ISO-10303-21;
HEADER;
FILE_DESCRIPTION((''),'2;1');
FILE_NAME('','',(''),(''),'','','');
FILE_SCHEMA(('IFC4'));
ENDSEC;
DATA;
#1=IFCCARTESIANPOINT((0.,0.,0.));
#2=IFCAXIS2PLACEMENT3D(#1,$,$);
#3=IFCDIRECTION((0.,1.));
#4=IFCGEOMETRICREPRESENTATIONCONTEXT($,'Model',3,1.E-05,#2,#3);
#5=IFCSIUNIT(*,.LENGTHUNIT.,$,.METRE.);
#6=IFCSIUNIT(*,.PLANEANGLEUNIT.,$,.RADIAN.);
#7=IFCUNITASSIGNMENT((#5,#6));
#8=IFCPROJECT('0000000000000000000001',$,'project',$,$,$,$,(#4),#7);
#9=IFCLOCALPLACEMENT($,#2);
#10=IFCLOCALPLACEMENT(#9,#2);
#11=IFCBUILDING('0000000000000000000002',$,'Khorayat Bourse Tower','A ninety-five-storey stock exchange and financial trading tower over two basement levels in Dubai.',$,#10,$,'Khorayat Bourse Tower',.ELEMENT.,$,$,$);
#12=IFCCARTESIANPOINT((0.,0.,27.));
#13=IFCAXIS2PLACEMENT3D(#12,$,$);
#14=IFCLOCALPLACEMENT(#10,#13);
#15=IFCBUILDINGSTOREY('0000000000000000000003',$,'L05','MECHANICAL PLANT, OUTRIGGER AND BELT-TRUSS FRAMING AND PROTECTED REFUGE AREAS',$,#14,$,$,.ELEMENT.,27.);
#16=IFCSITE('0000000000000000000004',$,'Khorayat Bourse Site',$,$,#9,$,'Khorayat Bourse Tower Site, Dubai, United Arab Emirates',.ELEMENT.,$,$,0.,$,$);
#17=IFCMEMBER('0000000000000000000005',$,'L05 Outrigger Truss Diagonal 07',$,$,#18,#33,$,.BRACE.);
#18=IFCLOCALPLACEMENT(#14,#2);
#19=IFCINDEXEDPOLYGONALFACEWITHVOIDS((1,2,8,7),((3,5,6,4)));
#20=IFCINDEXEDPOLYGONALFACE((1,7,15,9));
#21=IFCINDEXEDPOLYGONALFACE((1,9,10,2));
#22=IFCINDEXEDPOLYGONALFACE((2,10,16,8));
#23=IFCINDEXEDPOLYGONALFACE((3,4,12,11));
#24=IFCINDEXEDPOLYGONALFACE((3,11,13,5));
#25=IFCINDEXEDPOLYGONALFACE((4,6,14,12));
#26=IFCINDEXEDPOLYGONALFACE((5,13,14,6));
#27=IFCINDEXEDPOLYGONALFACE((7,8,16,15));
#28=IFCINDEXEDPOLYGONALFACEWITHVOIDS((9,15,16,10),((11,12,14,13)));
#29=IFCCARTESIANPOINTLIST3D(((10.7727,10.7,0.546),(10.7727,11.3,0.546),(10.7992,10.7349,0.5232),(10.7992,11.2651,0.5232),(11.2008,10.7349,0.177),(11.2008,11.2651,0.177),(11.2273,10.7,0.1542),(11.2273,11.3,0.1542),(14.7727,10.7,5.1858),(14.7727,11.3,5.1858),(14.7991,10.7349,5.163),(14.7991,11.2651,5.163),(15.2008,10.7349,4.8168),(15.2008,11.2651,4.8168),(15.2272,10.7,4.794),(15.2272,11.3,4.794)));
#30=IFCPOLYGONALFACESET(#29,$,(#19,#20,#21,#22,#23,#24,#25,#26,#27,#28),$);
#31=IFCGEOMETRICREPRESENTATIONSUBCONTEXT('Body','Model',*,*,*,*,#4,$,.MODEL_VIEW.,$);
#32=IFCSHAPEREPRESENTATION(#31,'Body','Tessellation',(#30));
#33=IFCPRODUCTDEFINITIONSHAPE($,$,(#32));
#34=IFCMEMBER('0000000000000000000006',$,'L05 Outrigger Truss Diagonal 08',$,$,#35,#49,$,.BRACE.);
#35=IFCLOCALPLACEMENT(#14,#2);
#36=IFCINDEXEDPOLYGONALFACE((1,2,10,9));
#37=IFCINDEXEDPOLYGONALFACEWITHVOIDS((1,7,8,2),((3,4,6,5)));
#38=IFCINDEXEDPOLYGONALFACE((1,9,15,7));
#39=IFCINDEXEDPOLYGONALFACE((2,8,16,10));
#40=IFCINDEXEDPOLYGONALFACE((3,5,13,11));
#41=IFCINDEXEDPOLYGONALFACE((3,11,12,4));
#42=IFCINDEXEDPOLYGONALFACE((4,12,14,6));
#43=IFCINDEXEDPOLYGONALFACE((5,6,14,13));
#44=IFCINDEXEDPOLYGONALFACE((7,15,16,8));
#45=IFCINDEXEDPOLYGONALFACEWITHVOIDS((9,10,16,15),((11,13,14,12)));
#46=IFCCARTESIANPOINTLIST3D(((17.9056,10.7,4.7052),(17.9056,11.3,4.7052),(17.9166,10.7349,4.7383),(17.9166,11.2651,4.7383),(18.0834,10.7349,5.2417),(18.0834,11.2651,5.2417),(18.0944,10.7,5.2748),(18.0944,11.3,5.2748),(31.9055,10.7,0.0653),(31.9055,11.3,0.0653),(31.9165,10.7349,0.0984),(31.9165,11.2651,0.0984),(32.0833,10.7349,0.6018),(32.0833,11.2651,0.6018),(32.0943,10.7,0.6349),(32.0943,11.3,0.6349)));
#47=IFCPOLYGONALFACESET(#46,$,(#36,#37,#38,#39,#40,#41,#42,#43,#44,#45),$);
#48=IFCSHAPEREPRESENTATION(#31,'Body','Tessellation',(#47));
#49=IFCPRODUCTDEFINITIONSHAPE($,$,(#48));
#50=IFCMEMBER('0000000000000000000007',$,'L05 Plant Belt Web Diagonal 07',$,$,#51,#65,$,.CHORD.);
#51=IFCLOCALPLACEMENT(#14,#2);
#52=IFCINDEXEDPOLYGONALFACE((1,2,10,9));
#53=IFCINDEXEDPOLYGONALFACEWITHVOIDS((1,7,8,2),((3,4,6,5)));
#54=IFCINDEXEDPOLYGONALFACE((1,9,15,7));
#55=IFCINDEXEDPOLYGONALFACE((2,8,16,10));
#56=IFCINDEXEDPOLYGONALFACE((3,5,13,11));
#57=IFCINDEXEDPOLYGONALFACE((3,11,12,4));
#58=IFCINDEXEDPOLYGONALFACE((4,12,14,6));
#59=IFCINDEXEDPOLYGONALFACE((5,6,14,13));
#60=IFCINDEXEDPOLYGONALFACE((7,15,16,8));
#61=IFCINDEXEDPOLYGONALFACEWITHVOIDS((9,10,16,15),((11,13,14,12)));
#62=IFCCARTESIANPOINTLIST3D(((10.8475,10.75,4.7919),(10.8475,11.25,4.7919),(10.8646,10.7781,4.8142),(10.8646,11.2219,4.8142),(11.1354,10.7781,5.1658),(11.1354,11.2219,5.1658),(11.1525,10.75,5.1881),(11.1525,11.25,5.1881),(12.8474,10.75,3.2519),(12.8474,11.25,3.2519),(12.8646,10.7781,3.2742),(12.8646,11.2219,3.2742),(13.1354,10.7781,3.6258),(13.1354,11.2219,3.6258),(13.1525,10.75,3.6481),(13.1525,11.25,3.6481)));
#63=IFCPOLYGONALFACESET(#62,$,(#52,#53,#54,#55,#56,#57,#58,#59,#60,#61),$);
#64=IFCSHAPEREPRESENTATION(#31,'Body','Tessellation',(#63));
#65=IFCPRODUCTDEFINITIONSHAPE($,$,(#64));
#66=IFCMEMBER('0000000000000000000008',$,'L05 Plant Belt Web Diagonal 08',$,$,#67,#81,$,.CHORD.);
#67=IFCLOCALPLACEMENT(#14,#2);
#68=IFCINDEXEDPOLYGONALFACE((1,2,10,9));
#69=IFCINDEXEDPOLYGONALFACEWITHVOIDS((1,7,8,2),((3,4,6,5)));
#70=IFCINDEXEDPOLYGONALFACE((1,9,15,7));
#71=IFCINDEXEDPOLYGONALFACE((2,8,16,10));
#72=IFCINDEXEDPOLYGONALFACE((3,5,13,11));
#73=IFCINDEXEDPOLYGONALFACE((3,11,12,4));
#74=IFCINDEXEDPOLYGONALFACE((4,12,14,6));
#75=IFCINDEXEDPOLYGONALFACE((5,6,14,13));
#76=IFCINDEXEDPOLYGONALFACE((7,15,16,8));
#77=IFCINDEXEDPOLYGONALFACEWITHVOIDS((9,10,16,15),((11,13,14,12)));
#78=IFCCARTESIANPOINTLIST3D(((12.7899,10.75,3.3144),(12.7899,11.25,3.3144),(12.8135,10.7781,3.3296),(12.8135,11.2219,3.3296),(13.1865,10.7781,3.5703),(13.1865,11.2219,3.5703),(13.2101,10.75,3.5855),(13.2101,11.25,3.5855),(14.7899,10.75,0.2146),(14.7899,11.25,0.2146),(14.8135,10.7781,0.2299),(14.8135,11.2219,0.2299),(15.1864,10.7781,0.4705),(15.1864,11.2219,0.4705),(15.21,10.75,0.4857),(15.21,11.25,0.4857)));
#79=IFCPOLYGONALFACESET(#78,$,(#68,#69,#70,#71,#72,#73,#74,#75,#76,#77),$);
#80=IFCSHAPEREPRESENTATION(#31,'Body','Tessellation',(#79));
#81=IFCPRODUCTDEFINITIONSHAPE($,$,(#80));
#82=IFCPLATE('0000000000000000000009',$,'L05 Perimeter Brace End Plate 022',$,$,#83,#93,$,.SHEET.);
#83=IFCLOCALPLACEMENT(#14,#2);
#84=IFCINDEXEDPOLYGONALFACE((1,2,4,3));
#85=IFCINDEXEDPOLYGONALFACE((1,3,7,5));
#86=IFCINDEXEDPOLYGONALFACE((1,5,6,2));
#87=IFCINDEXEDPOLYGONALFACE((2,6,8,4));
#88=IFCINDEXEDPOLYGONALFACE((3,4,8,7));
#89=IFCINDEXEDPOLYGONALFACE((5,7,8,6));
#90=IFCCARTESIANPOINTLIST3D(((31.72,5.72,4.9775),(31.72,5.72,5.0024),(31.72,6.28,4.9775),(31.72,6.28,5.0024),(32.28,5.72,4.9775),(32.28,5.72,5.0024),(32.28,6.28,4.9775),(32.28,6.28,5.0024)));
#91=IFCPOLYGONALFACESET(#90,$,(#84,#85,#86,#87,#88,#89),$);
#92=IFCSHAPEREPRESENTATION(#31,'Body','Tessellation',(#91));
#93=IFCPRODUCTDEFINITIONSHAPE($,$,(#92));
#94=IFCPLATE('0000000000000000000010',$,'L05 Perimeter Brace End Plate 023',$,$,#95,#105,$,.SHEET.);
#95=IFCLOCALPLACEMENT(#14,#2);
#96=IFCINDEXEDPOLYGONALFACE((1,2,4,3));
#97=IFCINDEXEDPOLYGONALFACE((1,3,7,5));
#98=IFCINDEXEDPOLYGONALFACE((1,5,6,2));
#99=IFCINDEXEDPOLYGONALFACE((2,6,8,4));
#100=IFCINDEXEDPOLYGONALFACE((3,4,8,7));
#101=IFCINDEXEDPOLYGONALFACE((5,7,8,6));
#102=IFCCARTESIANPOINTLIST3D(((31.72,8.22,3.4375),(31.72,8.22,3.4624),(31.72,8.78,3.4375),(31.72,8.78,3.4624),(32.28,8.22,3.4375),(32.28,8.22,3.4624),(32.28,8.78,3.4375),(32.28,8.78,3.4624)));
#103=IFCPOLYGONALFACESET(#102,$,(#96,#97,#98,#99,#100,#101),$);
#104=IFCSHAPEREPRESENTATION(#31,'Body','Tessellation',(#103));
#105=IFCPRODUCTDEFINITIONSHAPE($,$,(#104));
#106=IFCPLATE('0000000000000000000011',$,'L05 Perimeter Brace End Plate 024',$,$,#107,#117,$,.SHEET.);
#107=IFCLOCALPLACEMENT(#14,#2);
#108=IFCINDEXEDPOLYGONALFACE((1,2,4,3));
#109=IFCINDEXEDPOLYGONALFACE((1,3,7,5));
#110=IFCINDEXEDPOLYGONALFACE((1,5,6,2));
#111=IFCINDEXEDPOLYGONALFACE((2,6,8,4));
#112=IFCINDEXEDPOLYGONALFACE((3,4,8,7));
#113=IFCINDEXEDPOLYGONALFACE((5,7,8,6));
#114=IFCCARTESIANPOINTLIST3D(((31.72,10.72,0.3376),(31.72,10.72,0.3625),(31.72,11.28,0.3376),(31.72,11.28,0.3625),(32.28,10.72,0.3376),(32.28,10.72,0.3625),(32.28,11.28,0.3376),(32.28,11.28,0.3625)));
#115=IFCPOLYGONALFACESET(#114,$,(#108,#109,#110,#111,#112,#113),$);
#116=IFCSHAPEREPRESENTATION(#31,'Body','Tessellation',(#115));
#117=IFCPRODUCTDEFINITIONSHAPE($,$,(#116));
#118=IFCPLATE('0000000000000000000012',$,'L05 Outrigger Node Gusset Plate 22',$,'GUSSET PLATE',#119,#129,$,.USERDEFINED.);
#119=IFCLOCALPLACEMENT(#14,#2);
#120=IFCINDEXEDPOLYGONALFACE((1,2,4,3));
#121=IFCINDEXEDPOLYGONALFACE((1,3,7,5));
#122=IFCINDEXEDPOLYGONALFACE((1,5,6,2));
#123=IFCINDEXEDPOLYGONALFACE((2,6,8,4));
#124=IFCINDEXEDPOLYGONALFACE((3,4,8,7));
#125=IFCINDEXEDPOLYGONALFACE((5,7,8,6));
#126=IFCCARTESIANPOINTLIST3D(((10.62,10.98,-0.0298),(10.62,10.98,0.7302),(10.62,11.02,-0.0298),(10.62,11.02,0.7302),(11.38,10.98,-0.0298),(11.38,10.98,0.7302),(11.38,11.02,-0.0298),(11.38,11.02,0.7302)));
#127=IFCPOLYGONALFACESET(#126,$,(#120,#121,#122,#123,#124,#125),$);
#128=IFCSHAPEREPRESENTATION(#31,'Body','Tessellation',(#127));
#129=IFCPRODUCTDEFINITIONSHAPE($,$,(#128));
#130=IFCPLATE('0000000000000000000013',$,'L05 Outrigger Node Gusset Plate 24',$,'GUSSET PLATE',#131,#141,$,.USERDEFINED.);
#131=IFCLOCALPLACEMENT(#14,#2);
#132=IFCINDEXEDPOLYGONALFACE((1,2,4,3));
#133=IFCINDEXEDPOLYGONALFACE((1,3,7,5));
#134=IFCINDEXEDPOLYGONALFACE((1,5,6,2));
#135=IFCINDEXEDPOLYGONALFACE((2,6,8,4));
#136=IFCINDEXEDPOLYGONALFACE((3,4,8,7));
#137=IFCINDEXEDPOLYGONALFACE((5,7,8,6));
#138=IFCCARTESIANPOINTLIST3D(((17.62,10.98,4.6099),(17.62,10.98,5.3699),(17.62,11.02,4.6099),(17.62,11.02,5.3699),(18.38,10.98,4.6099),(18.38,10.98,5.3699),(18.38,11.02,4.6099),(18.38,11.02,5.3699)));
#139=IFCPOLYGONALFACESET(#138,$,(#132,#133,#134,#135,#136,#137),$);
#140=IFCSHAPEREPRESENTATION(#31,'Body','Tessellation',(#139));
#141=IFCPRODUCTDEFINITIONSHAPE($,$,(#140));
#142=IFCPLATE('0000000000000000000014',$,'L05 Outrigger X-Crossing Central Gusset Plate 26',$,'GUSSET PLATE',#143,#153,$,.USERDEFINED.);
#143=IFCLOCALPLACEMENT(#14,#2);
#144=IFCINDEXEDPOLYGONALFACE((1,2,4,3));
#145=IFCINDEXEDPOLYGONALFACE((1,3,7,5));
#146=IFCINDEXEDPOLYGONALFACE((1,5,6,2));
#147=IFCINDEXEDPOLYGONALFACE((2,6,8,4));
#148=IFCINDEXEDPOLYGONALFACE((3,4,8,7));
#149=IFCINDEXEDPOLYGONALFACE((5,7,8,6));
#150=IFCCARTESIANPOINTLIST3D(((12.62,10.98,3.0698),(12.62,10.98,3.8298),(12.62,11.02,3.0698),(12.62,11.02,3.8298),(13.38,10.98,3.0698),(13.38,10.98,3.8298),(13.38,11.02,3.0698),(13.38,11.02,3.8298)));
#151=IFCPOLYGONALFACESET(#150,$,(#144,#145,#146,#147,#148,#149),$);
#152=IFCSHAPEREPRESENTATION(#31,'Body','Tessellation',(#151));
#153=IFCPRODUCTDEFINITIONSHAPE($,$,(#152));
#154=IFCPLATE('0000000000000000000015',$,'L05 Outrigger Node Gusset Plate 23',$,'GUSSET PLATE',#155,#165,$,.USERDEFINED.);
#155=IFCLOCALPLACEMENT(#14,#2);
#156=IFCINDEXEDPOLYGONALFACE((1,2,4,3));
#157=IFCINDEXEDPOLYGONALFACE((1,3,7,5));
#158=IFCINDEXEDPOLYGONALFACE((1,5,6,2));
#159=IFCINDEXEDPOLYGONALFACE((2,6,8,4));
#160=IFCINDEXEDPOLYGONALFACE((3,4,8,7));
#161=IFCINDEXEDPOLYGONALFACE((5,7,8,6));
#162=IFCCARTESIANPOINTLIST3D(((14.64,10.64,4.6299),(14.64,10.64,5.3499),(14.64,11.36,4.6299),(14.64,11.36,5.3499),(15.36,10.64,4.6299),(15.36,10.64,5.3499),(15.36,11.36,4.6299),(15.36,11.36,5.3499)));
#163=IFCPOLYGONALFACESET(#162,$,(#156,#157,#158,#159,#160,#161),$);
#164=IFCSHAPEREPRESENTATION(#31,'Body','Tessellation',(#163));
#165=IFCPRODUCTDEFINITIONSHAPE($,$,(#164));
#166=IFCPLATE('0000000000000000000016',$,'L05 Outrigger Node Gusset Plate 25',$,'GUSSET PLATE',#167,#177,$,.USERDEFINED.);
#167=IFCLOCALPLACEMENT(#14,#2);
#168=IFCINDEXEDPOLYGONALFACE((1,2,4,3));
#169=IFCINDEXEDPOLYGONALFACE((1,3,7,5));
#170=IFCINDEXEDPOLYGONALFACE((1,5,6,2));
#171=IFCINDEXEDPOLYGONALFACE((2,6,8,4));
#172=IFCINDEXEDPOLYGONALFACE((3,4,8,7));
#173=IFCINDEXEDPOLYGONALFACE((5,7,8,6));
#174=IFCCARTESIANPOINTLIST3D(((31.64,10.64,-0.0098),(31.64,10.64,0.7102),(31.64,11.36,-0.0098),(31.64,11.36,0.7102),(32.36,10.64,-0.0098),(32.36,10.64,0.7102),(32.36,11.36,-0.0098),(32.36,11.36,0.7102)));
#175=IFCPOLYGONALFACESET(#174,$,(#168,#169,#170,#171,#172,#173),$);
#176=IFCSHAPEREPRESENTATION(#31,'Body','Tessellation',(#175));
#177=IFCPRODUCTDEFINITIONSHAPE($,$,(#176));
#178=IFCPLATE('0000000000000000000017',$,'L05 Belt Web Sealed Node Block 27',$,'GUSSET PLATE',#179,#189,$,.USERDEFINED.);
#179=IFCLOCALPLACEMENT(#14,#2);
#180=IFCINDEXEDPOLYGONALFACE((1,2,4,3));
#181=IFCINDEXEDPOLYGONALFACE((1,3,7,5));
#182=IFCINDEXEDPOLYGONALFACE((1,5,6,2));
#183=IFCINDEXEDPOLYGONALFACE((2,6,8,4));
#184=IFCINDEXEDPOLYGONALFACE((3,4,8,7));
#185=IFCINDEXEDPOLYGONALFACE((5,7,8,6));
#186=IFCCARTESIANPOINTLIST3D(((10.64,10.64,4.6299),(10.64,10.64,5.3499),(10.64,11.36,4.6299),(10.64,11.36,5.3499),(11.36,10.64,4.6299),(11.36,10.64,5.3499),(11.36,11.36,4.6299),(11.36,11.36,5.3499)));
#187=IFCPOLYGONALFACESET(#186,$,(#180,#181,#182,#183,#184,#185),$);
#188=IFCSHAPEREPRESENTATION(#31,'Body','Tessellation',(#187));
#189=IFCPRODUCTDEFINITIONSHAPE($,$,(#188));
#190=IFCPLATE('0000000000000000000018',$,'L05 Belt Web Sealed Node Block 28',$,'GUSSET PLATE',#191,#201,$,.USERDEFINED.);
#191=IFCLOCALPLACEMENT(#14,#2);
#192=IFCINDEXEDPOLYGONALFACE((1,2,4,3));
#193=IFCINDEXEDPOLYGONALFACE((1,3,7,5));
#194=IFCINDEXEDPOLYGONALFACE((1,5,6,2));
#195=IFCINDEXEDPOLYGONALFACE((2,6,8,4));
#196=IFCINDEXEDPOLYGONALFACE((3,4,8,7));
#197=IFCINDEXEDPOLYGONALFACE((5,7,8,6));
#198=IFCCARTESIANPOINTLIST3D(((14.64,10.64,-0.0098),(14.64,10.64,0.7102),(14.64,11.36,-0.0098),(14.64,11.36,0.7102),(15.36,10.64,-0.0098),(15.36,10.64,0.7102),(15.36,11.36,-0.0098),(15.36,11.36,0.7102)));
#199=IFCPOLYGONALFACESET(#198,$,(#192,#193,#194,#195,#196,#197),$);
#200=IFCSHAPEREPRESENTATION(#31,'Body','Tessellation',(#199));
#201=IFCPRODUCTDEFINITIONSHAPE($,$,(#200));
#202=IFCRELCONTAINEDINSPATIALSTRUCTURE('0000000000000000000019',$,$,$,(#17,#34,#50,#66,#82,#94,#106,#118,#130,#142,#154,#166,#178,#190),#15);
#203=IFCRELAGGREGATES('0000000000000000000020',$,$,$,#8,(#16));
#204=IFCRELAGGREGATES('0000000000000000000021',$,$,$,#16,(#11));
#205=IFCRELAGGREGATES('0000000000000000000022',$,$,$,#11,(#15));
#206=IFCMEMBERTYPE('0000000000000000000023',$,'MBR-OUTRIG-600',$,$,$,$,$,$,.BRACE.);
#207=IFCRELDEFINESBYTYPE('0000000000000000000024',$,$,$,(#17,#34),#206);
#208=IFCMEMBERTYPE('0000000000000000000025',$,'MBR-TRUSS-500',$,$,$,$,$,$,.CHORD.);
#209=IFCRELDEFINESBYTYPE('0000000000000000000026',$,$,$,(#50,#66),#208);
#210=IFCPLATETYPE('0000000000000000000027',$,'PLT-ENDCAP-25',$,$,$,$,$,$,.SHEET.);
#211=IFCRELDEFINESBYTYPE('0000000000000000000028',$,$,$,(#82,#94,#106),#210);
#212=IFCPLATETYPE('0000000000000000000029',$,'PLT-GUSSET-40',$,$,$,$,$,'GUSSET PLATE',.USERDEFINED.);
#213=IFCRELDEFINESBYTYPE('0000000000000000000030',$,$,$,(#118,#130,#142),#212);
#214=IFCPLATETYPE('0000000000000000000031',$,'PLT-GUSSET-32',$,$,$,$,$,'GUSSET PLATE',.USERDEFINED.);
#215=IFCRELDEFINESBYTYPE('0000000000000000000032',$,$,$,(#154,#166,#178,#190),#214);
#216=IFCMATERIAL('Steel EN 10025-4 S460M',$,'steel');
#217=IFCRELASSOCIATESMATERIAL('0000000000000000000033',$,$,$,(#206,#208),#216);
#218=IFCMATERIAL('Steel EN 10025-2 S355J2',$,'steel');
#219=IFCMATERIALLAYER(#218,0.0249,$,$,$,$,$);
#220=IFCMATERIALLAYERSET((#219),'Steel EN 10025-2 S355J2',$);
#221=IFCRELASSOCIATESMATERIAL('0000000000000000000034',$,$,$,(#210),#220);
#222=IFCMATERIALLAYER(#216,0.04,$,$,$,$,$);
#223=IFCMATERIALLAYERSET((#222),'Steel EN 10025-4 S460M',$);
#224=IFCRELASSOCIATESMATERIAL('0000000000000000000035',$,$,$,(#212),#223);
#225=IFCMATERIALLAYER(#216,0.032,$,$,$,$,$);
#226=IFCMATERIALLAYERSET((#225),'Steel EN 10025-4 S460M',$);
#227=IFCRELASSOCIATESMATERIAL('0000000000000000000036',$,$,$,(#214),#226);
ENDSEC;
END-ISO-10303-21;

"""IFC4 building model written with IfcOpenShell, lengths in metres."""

from ifc_helpers import new_model, si_unit, direction, frame, origin, origin_2d, place, context, subcontext, project, spatial, rectangle, hollow_rectangle, extrude, source, transform, mapped, material, layer, layer_set, material_profile, profile_set, type_object, element, save


model = new_model("IFC4")

# Units and contexts
model_context = context("Model", 3, precision=1e-05, world=origin(), true_north=direction((0.0, 1.0)))
body_context = subcontext(model_context, "Body", "Model", "MODEL_VIEW")
ifc_project = project(units=[si_unit("LENGTHUNIT", "METRE"), si_unit("PLANEANGLEUNIT", "RADIAN")], contexts=[model_context])

# Site, building, storey
site_placement = place(None, origin())
site = spatial("IfcSite", under=ifc_project, at=site_placement, Name="Khorayat Bourse Site", LongName="Khorayat Bourse Tower Site, Dubai, United Arab Emirates", CompositionType="ELEMENT", RefElevation=0.0)
building_placement = place(site_placement, origin())
building = spatial("IfcBuilding", under=site, at=building_placement, Name="Khorayat Bourse Tower", Description="A ninety-five-storey stock exchange and financial trading tower over two basement levels in Dubai.", LongName="Khorayat Bourse Tower", CompositionType="ELEMENT")
storey_placement = place(building_placement, frame((0.0, 0.0, 27.0)))
storey = spatial("IfcBuildingStorey", under=building, at=storey_placement, Name="L05", Description="MECHANICAL PLANT, OUTRIGGER AND BELT-TRUSS FRAMING AND PROTECTED REFUGE AREAS", CompositionType="ELEMENT", Elevation=27.0)

# Shared definitions
ifc_material_1 = material(Name="Steel EN 10025-4 S460M", Category="steel")

# Members
ifc_material_profile_1 = material_profile(ifc_material_1, hollow_rectangle(XDim=0.6001, YDim=0.6001, WallThickness=0.0349, at=origin_2d()), Name="BOX 600x600x35")
ifc_profile_set_1 = profile_set([ifc_material_profile_1], Name="Steel EN 10025-4 S460M")
member_type_1 = type_object("IfcMemberType", Name="MBR-OUTRIG-600", PredefinedType="BRACE", material=ifc_profile_set_1)
shared_shape_1 = source(origin(), body_context, "Body", "SweptSolid", [
    extrude(hollow_rectangle(XDim=0.6001, YDim=0.6001, WallThickness=0.0349, at=origin_2d()), origin(), (0.0, 0.0, 1.0), 6.126),
])
member_1_placement = place(storey_placement, frame((11.0, 11.0, 0.3501), z_axis=(0.652948, 0.0, 0.757402), x_axis=(0.0, 1.0, 0.0)))
element("IfcMember", 1, at=member_1_placement, inside=storey, type_object=member_type_1, Name="L05 Outrigger Truss Diagonal 07", PredefinedType="BRACE", context=body_context, shape_type="MappedRepresentation", body=[
    mapped(shared_shape_1, transform((0.0, 0.0, 0.0), scale=1.0)),
])
shared_shape_2 = source(origin(), body_context, "Body", "SweptSolid", [
    extrude(hollow_rectangle(XDim=0.6001, YDim=0.6001, WallThickness=0.0349, at=origin_2d()), origin(), (0.0, 0.0, 1.0), 14.7488),
])
member_2_placement = place(storey_placement, frame((18.0, 11.0, 4.99), z_axis=(0.949226, 0.0, -0.314593), x_axis=(0.0, 1.0, 0.0)))
element("IfcMember", 2, at=member_2_placement, inside=storey, type_object=member_type_1, Name="L05 Outrigger Truss Diagonal 08", PredefinedType="BRACE", context=body_context, shape_type="MappedRepresentation", body=[
    mapped(shared_shape_2, transform((0.0, 0.0, 0.0), scale=1.0)),
])
ifc_material_profile_2 = material_profile(ifc_material_1, hollow_rectangle(XDim=0.5, YDim=0.5, WallThickness=0.0281, at=origin_2d()), Name="HSS 500x500x28")
ifc_profile_set_2 = profile_set([ifc_material_profile_2], Name="Steel EN 10025-4 S460M")
member_type_2 = type_object("IfcMemberType", Name="MBR-TRUSS-500", PredefinedType="CHORD", material=ifc_profile_set_2)
shared_shape_3 = source(origin(), body_context, "Body", "SweptSolid", [
    extrude(hollow_rectangle(XDim=0.5, YDim=0.5, WallThickness=0.0281, at=origin_2d()), origin(), (0.0, 0.0, 1.0), 2.5242),
])
member_3_placement = place(storey_placement, frame((11.0, 11.0, 4.99), z_axis=(0.792322, 0.0, -0.610103), x_axis=(0.0, 1.0, 0.0)))
element("IfcMember", 3, at=member_3_placement, inside=storey, type_object=member_type_2, Name="L05 Plant Belt Web Diagonal 07", PredefinedType="CHORD", context=body_context, shape_type="MappedRepresentation", body=[
    mapped(shared_shape_3, transform((0.0, 0.0, 0.0), scale=1.0)),
])
shared_shape_4 = source(origin(), body_context, "Body", "SweptSolid", [
    extrude(hollow_rectangle(XDim=0.5, YDim=0.5, WallThickness=0.0281, at=origin_2d()), origin(), (0.0, 0.0, 1.0), 3.689),
])
member_4_placement = place(storey_placement, frame((13.0, 11.0, 3.45), z_axis=(0.542145, 0.0, -0.840285), x_axis=(0.0, 1.0, 0.0)))
element("IfcMember", 4, at=member_4_placement, inside=storey, type_object=member_type_2, Name="L05 Plant Belt Web Diagonal 08", PredefinedType="CHORD", context=body_context, shape_type="MappedRepresentation", body=[
    mapped(shared_shape_4, transform((0.0, 0.0, 0.0), scale=1.0)),
])

# Plates
ifc_material_2 = material(Name="Steel EN 10025-2 S355J2", Category="steel")
ifc_layer_1 = layer(ifc_material_2, 0.0249)
ifc_layer_set_1 = layer_set([ifc_layer_1], Name="Steel EN 10025-2 S355J2")
plate_type_1 = type_object("IfcPlateType", Name="PLT-ENDCAP-25", PredefinedType="SHEET", material=ifc_layer_set_1)
shared_shape_5 = source(origin(), body_context, "Body", "SweptSolid", [
    extrude(rectangle(XDim=0.5601, YDim=0.5601, at=origin_2d()), origin(), (0.0, 0.0, 1.0), 0.0249),
])
for number, where, z_axis, x_axis, name in (
    (5, (32.0, 6.0, 4.9775), (0.0, 0.0, 1.0), (1.0, 0.0, 0.0), "L05 Perimeter Brace End Plate 022"),
    (6, (32.0, 8.5, 3.4375), (0.0, 0.0, 1.0), (1.0, 0.0, 0.0), "L05 Perimeter Brace End Plate 023"),
    (7, (32.0, 11.0, 0.3376), (0.0, 0.0, 1.0), (1.0, 0.0, 0.0), "L05 Perimeter Brace End Plate 024"),
):
    element("IfcPlate", number, at=place(storey_placement, frame(where, z_axis=z_axis, x_axis=x_axis)), inside=storey, type_object=plate_type_1, Name=name, PredefinedType="SHEET", context=body_context, shape_type="MappedRepresentation", body=[
        mapped(shared_shape_5, transform((0.0, 0.0, 0.0), scale=1.0)),
    ])
ifc_layer_2 = layer(ifc_material_1, 0.04)
ifc_layer_set_2 = layer_set([ifc_layer_2], Name="Steel EN 10025-4 S460M")
plate_type_2 = type_object("IfcPlateType", Name="PLT-GUSSET-40", ElementType="GUSSET PLATE", PredefinedType="USERDEFINED", material=ifc_layer_set_2)
shared_shape_6 = source(origin(), body_context, "Body", "SweptSolid", [
    extrude(rectangle(XDim=0.76, YDim=0.04, at=origin_2d()), origin(), (0.0, 0.0, 1.0), 0.76),
])
for number, where, z_axis, x_axis, name in (
    (8, (11.0, 11.0, -0.0298), (0.0, 0.0, 1.0), (1.0, 0.0, 0.0), "L05 Outrigger Node Gusset Plate 22"),
    (9, (18.0, 11.0, 4.6099), (0.0, 0.0, 1.0), (1.0, 0.0, 0.0), "L05 Outrigger Node Gusset Plate 24"),
    (10, (13.0, 11.0, 3.0698), (0.0, 0.0, 1.0), (1.0, 0.0, 0.0), "L05 Outrigger X-Crossing Central Gusset Plate 26"),
):
    element("IfcPlate", number, at=place(storey_placement, frame(where, z_axis=z_axis, x_axis=x_axis)), inside=storey, type_object=plate_type_2, Name=name, ObjectType="GUSSET PLATE", PredefinedType="USERDEFINED", context=body_context, shape_type="MappedRepresentation", body=[
        mapped(shared_shape_6, transform((0.0, 0.0, 0.0), scale=1.0)),
    ])
ifc_layer_3 = layer(ifc_material_1, 0.032)
ifc_layer_set_3 = layer_set([ifc_layer_3], Name="Steel EN 10025-4 S460M")
plate_type_3 = type_object("IfcPlateType", Name="PLT-GUSSET-32", ElementType="GUSSET PLATE", PredefinedType="USERDEFINED", material=ifc_layer_set_3)
shared_shape_7 = source(origin(), body_context, "Body", "SweptSolid", [
    extrude(rectangle(XDim=0.72, YDim=0.72, at=origin_2d()), origin(), (0.0, 0.0, 1.0), 0.72),
])
for number, where, z_axis, x_axis, name in (
    (11, (15.0, 11.0, 4.6299), (0.0, 0.0, 1.0), (1.0, 0.0, 0.0), "L05 Outrigger Node Gusset Plate 23"),
    (12, (32.0, 11.0, -0.0098), (0.0, 0.0, 1.0), (1.0, 0.0, 0.0), "L05 Outrigger Node Gusset Plate 25"),
    (13, (11.0, 11.0, 4.6299), (0.0, 0.0, 1.0), (1.0, 0.0, 0.0), "L05 Belt Web Sealed Node Block 27"),
    (14, (15.0, 11.0, -0.0098), (0.0, 0.0, 1.0), (1.0, 0.0, 0.0), "L05 Belt Web Sealed Node Block 28"),
):
    element("IfcPlate", number, at=place(storey_placement, frame(where, z_axis=z_axis, x_axis=x_axis)), inside=storey, type_object=plate_type_3, Name=name, ObjectType="GUSSET PLATE", PredefinedType="USERDEFINED", context=body_context, shape_type="MappedRepresentation", body=[
        mapped(shared_shape_7, transform((0.0, 0.0, 0.0), scale=1.0)),
    ])

save(model, "model.ifc")
